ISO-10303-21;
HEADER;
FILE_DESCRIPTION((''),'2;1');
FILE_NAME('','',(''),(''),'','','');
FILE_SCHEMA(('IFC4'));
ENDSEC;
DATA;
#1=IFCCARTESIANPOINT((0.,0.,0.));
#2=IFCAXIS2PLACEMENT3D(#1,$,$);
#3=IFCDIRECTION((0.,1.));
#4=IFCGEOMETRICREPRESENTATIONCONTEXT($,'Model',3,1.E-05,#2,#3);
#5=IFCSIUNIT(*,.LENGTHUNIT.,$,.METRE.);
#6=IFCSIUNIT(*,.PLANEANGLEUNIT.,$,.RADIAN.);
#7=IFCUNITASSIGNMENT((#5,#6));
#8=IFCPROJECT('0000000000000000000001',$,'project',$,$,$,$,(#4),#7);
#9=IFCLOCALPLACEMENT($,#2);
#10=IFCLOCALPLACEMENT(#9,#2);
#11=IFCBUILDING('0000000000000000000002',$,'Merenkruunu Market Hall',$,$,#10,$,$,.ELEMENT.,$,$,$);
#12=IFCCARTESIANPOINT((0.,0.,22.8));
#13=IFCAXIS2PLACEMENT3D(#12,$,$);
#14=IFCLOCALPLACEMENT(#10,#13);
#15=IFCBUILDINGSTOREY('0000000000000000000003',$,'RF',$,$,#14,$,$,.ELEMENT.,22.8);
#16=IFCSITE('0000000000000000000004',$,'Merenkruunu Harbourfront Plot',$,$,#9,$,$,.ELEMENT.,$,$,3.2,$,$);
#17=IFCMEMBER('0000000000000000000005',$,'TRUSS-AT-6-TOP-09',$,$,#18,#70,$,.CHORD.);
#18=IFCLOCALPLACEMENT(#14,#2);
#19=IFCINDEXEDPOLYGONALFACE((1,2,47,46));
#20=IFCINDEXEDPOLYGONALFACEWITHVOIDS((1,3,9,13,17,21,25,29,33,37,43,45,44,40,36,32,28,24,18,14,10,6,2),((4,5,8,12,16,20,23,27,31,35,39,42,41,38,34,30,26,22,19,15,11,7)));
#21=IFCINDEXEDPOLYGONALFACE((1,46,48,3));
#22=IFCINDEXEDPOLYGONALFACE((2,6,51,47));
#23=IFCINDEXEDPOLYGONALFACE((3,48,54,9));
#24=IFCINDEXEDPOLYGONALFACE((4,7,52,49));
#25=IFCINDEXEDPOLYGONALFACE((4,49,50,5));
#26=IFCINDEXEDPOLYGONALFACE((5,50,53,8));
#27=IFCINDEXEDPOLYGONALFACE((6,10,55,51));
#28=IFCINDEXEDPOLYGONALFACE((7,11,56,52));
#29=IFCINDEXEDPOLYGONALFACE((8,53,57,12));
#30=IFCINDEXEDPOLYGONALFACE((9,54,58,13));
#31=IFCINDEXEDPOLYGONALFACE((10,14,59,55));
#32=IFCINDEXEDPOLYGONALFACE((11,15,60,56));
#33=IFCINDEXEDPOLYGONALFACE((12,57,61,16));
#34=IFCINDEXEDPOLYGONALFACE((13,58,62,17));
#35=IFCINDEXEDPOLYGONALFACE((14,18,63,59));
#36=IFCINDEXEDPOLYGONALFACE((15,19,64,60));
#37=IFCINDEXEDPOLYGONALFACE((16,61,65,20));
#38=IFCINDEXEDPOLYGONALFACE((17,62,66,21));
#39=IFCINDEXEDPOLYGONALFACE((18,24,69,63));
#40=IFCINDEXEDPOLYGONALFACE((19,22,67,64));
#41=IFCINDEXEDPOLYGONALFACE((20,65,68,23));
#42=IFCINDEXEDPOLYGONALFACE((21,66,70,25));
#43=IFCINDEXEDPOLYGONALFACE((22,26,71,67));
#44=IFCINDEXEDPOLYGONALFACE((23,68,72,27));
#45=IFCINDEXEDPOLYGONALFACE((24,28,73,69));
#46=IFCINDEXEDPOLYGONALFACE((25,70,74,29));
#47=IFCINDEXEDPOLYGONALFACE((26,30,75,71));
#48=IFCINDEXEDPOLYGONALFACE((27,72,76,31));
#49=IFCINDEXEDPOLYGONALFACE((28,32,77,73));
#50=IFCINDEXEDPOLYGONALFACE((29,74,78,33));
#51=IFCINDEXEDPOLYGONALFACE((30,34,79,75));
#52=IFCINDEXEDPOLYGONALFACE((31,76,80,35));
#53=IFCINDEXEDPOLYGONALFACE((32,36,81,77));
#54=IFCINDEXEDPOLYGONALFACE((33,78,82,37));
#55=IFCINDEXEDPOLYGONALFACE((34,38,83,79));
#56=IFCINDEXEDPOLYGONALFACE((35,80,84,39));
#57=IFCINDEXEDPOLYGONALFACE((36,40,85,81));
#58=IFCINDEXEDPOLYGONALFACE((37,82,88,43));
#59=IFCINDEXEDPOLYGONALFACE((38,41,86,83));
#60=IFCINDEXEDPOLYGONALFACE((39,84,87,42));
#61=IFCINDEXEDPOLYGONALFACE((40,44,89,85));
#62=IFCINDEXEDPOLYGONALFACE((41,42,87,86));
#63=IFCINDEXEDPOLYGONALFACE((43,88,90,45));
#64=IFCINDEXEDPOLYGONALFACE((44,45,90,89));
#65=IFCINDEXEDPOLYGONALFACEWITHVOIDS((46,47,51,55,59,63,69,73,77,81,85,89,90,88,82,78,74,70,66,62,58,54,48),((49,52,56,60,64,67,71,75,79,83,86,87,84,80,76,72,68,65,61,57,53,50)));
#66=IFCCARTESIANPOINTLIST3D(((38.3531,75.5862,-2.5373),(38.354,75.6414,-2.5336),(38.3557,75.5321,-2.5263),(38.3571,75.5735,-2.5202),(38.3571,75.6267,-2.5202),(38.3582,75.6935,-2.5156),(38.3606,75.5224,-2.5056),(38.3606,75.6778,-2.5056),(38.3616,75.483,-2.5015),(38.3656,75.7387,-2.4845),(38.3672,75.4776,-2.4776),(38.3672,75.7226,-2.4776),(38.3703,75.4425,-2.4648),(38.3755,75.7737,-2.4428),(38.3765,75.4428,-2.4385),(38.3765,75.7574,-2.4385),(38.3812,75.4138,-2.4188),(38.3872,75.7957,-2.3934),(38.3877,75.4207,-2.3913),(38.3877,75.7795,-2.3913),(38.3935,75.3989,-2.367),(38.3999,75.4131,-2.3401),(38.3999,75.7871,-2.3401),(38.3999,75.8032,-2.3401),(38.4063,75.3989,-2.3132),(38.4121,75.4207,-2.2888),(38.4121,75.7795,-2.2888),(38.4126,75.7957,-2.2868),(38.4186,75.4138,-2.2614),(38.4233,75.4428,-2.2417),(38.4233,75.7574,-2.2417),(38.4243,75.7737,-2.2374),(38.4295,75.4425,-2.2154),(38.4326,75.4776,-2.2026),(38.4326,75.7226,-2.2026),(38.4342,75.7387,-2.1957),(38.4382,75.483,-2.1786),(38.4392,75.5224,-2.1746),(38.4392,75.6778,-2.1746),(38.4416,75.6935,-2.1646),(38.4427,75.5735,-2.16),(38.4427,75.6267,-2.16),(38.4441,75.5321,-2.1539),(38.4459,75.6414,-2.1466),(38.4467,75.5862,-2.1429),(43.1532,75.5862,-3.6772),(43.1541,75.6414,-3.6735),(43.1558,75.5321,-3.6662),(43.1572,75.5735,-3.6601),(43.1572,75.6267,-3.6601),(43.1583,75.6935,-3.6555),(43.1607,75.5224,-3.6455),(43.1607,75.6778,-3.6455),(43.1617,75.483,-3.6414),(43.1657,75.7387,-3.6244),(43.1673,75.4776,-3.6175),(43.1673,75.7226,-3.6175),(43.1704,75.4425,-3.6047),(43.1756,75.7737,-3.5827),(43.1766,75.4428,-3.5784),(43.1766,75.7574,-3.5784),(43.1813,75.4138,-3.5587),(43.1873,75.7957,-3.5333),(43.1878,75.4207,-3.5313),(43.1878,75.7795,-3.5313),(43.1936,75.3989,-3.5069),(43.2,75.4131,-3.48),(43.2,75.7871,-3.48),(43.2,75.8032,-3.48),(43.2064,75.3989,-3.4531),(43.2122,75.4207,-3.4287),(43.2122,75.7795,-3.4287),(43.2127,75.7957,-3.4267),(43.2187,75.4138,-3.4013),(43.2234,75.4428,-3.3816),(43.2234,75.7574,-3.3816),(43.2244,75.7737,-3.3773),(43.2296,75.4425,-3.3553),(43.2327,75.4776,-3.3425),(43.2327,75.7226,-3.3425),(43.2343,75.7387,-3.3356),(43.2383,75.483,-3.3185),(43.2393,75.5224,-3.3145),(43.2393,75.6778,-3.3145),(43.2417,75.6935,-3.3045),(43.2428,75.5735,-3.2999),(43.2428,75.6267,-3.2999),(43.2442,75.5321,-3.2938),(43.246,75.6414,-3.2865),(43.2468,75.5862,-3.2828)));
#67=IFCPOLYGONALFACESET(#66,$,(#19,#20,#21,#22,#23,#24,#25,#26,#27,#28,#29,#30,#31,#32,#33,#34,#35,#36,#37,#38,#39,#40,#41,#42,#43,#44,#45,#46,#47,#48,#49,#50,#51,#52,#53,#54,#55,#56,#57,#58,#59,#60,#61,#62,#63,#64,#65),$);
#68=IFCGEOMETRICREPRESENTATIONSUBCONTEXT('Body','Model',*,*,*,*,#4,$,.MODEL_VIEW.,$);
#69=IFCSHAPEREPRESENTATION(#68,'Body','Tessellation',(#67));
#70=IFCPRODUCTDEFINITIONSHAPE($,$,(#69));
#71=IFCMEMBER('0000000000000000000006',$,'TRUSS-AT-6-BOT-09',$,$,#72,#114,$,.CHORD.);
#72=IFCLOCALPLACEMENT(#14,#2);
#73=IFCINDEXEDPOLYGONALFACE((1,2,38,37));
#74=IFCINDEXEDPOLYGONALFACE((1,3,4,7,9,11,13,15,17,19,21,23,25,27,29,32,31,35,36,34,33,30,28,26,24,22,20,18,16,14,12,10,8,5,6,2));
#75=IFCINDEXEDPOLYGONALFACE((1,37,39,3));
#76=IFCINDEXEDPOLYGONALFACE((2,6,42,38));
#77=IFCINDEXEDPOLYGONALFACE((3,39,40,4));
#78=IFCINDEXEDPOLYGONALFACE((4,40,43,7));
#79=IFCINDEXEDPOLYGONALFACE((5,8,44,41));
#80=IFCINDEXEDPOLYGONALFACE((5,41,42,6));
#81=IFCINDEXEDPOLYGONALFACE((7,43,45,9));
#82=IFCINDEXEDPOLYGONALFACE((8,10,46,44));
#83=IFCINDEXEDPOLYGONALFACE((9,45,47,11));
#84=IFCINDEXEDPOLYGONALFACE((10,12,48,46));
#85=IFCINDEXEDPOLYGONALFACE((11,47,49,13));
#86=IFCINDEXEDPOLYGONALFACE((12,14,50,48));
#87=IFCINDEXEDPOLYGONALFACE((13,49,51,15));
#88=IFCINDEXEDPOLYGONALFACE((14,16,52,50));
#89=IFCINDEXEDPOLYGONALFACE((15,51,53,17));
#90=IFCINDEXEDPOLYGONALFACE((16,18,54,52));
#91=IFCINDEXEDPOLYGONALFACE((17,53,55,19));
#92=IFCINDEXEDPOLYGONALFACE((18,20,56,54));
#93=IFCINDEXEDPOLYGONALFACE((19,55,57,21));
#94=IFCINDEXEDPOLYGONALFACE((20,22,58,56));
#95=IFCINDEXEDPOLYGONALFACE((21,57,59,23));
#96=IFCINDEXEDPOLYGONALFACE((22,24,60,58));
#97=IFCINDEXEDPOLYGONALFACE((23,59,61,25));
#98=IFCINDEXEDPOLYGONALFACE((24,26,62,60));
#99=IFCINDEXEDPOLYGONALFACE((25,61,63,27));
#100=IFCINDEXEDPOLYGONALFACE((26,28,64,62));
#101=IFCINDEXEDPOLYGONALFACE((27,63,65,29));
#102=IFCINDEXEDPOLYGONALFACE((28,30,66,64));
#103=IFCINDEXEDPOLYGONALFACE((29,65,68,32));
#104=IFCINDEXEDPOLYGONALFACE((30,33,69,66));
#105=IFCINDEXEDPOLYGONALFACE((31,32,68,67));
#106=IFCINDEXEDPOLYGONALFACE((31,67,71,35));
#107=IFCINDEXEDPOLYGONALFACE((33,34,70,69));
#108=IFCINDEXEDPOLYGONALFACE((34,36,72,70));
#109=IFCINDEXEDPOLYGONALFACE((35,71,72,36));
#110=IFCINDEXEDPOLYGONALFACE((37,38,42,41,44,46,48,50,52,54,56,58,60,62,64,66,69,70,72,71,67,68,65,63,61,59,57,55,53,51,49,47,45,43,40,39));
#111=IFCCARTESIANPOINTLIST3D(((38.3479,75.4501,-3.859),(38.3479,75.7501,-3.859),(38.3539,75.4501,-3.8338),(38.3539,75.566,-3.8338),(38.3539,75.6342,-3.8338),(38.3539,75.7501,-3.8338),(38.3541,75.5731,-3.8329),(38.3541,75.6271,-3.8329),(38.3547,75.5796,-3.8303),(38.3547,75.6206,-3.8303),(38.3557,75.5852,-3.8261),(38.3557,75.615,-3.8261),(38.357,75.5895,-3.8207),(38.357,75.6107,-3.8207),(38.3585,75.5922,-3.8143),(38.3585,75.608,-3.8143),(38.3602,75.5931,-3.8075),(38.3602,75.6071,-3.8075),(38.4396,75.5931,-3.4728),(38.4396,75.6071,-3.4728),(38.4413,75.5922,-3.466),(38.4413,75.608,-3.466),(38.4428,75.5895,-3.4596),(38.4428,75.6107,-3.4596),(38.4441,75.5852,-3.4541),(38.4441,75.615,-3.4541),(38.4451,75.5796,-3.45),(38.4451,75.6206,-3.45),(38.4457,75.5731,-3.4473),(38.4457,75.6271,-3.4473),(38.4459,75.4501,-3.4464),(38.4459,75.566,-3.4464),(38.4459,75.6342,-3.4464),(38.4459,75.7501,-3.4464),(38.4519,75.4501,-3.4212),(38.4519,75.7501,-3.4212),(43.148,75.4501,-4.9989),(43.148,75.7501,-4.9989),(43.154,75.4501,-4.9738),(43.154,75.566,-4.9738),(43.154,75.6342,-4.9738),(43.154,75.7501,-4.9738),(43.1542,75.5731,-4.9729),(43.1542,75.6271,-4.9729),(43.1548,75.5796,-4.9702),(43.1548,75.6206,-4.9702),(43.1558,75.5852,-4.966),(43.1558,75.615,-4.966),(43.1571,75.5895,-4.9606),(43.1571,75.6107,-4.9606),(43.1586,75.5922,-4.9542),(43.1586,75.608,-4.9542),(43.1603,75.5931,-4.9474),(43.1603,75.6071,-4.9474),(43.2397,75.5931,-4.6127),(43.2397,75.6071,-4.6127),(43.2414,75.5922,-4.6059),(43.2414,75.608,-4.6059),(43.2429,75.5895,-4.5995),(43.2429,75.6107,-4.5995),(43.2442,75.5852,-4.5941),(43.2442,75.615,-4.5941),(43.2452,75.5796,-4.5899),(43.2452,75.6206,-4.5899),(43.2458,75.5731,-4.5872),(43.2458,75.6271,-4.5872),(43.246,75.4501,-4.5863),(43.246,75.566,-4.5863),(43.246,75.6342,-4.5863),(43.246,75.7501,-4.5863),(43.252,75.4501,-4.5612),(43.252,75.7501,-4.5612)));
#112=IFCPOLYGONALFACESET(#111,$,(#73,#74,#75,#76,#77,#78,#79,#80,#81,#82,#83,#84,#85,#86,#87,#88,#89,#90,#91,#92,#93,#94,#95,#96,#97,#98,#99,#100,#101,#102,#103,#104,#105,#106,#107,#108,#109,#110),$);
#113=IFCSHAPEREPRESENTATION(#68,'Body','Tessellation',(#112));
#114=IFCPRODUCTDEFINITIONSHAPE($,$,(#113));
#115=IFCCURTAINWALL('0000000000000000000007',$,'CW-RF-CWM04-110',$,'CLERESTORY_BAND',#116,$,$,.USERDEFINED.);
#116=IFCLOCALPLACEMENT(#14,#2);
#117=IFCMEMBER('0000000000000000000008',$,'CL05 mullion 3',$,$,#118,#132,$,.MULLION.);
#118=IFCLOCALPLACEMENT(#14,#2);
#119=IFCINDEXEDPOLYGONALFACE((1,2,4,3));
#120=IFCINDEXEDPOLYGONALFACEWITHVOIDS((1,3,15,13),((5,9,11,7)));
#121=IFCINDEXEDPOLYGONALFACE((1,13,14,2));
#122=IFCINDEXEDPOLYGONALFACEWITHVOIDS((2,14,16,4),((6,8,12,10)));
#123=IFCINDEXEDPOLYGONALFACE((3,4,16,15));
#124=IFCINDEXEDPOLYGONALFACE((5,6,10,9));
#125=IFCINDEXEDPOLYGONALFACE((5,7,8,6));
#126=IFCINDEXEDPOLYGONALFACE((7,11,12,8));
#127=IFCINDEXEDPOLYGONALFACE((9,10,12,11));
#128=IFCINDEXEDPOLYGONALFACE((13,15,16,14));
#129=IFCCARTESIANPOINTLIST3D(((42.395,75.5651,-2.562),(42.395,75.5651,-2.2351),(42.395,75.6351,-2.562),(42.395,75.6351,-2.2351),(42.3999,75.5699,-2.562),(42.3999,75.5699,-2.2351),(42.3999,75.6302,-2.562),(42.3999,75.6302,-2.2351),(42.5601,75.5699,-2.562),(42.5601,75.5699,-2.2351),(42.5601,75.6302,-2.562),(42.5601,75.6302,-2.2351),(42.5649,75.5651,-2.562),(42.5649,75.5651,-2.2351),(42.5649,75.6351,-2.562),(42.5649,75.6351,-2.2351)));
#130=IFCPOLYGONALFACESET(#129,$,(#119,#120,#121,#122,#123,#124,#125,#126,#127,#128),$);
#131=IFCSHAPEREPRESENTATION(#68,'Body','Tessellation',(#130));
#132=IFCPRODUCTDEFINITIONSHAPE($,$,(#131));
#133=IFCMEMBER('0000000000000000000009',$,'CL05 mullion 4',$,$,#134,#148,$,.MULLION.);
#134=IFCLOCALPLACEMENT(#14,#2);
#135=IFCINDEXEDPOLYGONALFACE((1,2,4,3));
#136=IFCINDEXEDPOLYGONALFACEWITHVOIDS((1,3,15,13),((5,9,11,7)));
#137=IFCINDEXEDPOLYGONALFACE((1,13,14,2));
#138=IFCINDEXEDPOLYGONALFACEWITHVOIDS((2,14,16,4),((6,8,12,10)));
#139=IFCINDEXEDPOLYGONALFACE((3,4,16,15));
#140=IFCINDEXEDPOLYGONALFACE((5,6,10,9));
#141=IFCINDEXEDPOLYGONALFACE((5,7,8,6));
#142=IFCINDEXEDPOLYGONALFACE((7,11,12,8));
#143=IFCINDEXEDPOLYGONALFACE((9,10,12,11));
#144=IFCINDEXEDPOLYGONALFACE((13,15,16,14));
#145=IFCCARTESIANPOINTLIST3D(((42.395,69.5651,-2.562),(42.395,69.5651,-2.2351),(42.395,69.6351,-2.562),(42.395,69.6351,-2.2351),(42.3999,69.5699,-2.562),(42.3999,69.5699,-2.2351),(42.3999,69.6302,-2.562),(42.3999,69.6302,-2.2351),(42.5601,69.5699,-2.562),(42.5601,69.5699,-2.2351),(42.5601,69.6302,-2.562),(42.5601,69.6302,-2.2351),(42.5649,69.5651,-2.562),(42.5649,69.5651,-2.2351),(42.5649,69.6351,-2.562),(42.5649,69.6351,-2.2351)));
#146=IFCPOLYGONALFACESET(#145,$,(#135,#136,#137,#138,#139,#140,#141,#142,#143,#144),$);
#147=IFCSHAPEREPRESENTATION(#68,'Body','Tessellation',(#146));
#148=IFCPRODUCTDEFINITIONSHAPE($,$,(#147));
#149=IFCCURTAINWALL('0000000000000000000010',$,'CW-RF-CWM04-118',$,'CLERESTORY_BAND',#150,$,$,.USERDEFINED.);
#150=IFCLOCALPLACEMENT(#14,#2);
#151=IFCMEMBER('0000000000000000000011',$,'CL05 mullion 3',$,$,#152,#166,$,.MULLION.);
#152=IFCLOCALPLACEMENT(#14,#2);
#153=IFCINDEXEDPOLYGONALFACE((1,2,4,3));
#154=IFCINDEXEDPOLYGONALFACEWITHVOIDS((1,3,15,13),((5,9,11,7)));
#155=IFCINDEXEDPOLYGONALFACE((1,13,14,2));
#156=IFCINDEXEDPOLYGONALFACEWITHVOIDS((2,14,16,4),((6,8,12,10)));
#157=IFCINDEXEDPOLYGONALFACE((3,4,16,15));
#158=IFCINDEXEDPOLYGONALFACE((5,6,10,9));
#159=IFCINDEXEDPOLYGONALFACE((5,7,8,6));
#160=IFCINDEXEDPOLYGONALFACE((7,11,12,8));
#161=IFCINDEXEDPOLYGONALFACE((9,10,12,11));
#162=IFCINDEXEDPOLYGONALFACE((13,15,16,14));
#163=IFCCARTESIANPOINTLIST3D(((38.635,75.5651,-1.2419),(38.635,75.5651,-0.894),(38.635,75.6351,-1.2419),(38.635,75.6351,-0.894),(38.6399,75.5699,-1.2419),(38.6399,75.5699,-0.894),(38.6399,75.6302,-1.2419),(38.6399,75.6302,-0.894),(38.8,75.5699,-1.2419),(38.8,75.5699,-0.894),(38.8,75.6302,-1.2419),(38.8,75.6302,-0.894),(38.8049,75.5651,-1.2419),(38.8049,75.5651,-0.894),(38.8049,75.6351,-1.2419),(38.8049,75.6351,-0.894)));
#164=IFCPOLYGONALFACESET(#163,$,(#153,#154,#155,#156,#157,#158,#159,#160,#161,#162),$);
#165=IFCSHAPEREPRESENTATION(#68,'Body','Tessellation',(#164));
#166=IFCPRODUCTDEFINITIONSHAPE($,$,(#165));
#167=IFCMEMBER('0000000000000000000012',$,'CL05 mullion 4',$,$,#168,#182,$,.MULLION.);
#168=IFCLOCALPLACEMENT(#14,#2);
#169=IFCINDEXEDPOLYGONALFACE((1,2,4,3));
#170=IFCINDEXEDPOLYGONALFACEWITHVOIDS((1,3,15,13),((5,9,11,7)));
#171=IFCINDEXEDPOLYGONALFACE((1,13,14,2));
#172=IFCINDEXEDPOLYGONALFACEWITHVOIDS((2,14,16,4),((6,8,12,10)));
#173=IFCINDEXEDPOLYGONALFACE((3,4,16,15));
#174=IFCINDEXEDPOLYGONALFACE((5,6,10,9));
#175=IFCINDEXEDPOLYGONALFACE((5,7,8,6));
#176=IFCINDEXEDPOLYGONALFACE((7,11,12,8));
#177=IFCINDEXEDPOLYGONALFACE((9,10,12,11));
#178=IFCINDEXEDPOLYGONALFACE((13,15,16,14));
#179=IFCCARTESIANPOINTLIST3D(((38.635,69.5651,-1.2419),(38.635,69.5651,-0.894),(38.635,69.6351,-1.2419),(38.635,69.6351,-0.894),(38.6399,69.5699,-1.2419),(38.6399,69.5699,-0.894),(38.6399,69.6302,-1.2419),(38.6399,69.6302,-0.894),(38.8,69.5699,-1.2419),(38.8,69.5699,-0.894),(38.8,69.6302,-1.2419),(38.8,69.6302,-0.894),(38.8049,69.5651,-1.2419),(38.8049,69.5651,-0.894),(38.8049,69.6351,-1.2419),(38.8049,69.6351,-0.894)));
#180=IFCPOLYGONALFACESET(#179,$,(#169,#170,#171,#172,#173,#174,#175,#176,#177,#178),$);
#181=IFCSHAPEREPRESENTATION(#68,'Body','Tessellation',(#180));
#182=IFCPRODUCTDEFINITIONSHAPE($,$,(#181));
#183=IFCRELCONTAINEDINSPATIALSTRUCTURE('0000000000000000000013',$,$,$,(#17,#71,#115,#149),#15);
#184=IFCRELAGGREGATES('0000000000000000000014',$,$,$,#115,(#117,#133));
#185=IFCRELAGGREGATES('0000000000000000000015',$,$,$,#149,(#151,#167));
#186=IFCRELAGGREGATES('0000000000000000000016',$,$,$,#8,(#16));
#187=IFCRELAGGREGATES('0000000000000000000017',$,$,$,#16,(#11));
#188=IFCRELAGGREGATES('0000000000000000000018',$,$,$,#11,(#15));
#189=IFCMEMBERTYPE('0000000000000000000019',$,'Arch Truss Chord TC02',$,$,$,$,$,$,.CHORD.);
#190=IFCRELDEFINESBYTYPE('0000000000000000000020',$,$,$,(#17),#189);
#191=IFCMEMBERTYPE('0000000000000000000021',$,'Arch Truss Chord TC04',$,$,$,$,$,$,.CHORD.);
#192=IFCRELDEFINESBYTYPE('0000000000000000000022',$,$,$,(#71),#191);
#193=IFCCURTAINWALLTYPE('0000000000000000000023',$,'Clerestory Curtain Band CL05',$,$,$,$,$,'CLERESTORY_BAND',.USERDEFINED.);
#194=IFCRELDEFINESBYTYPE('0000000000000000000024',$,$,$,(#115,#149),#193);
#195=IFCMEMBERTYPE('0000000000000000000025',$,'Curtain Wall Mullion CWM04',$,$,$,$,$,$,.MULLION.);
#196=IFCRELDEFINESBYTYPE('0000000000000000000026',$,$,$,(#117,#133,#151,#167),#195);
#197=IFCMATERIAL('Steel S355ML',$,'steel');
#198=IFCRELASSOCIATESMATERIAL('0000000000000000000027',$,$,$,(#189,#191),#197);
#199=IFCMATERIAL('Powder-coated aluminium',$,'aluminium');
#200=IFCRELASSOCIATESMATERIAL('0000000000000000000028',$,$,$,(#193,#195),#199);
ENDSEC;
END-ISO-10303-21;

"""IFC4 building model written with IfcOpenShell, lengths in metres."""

from ifc_helpers import new_model, si_unit, direction, frame, origin, origin_2d, place, context, subcontext, project, spatial, hollow_rectangle, hollow_circle, i_section, extrude, material, material_profile, profile_set, type_object, element, aggregate, save


model = new_model("IFC4")

# Units and contexts
model_context = context("Model", 3, precision=1e-05, world=origin(), true_north=direction((0.0, 1.0)))
body_context = subcontext(model_context, "Body", "Model", "MODEL_VIEW")
ifc_project = project(units=[si_unit("LENGTHUNIT", "METRE"), si_unit("PLANEANGLEUNIT", "RADIAN")], contexts=[model_context])

# Site, building, storey
site_placement = place(None, origin())
site = spatial("IfcSite", under=ifc_project, at=site_placement, Name="Merenkruunu Harbourfront Plot", CompositionType="ELEMENT", RefElevation=3.2)
building_placement = place(site_placement, origin())
building = spatial("IfcBuilding", under=site, at=building_placement, Name="Merenkruunu Market Hall", CompositionType="ELEMENT")
storey_placement = place(building_placement, frame((0.0, 0.0, 22.8)))
storey = spatial("IfcBuildingStorey", under=building, at=storey_placement, Name="RF", CompositionType="ELEMENT", Elevation=22.8)

# Members
ifc_material_1 = material(Name="Steel S355ML", Category="steel")
ifc_material_profile_1 = material_profile(ifc_material_1, hollow_circle(Radius=0.2031, WallThickness=0.0161, at=origin_2d()), Name="CHS 406.4x16")
ifc_profile_set_1 = profile_set([ifc_material_profile_1], Name="Steel S355ML")
member_type_1 = type_object("IfcMemberType", Name="Arch Truss Chord TC02", PredefinedType="CHORD", material=ifc_profile_set_1)
member_1_placement = place(storey_placement, frame((38.3999, 75.6001, -2.3401), z_axis=(0.972942, 0.0, -0.23105), x_axis=(0.0, 1.0, 0.0)))
element("IfcMember", 1, at=member_1_placement, inside=storey, type_object=member_type_1, Name="TRUSS-AT-6-TOP-09", PredefinedType="CHORD", context=body_context, shape_type="SweptSolid", body=[
    extrude(hollow_circle(Radius=0.2031, WallThickness=0.0161, at=origin_2d()), origin(), (0.0, 0.0, 1.0), 4.9336),
])
ifc_material_profile_2 = material_profile(ifc_material_1, i_section(OverallWidth=0.3, OverallDepth=0.45, WebThickness=0.0139, FlangeThickness=0.0259, FilletRadius=0.0271, at=origin_2d()), Name="HEB 450")
ifc_profile_set_2 = profile_set([ifc_material_profile_2], Name="Steel S355ML")
member_type_2 = type_object("IfcMemberType", Name="Arch Truss Chord TC04", PredefinedType="CHORD", material=ifc_profile_set_2)
member_2_placement = place(storey_placement, frame((38.3999, 75.6001, -3.6401), z_axis=(0.972942, 0.0, -0.23105), x_axis=(0.0, 1.0, 0.0)))
element("IfcMember", 2, at=member_2_placement, inside=storey, type_object=member_type_2, Name="TRUSS-AT-6-BOT-09", PredefinedType="CHORD", context=body_context, shape_type="SweptSolid", body=[
    extrude(i_section(OverallWidth=0.3, OverallDepth=0.45, WebThickness=0.0139, FlangeThickness=0.0259, FilletRadius=0.0271, at=origin_2d()), origin(), (0.0, 0.0, 1.0), 4.9336),
])

# Curtain walls, members
ifc_material_2 = material(Name="Powder-coated aluminium", Category="aluminium")
curtain_wall_type = type_object("IfcCurtainWallType", Name="Clerestory Curtain Band CL05", ElementType="CLERESTORY_BAND", PredefinedType="USERDEFINED", material=ifc_material_2)
curtain_wall_1_placement = place(storey_placement, origin())
curtain_wall_1 = element("IfcCurtainWall", 3, at=curtain_wall_1_placement, inside=storey, type_object=curtain_wall_type, Name="CW-RF-CWM04-110", ObjectType="CLERESTORY_BAND", PredefinedType="USERDEFINED")
ifc_material_profile_3 = material_profile(ifc_material_2, hollow_rectangle(XDim=0.0701, YDim=0.1699, WallThickness=0.0049, at=origin_2d()), Name="ALU 70x170x5")
ifc_profile_set_3 = profile_set([ifc_material_profile_3], Name="Powder-coated aluminium")
member_type_3 = type_object("IfcMemberType", Name="Curtain Wall Mullion CWM04", PredefinedType="MULLION", material=ifc_profile_set_3)
member_3_placement = place(storey_placement, frame((42.48, 75.6001, -2.562), z_axis=(0.0, 0.0, 1.0), x_axis=(0.0, -1.0, 0.0)))
member_3 = element("IfcMember", 4, at=member_3_placement, type_object=member_type_3, Name="CL05 mullion 3", PredefinedType="MULLION", context=body_context, shape_type="SweptSolid", body=[
    extrude(hollow_rectangle(XDim=0.0701, YDim=0.1699, WallThickness=0.0049, at=origin_2d()), origin(), (0.0, 0.0, 1.0), 0.3269),
])
member_4_placement = place(storey_placement, frame((42.48, 69.6001, -2.562), z_axis=(0.0, 0.0, 1.0), x_axis=(0.0, -1.0, 0.0)))
member_4 = element("IfcMember", 5, at=member_4_placement, type_object=member_type_3, Name="CL05 mullion 4", PredefinedType="MULLION", context=body_context, shape_type="SweptSolid", body=[
    extrude(hollow_rectangle(XDim=0.0701, YDim=0.1699, WallThickness=0.0049, at=origin_2d()), origin(), (0.0, 0.0, 1.0), 0.3269),
])
curtain_wall_2_placement = place(storey_placement, origin())
curtain_wall_2 = element("IfcCurtainWall", 6, at=curtain_wall_2_placement, inside=storey, type_object=curtain_wall_type, Name="CW-RF-CWM04-118", ObjectType="CLERESTORY_BAND", PredefinedType="USERDEFINED")
member_5_placement = place(storey_placement, frame((38.72, 75.6001, -1.2419), z_axis=(0.0, 0.0, 1.0), x_axis=(0.0, -1.0, 0.0)))
member_5 = element("IfcMember", 7, at=member_5_placement, type_object=member_type_3, Name="CL05 mullion 3", PredefinedType="MULLION", context=body_context, shape_type="SweptSolid", body=[
    extrude(hollow_rectangle(XDim=0.0701, YDim=0.1699, WallThickness=0.0049, at=origin_2d()), origin(), (0.0, 0.0, 1.0), 0.3479),
])
member_6_placement = place(storey_placement, frame((38.72, 69.6001, -1.2419), z_axis=(0.0, 0.0, 1.0), x_axis=(0.0, -1.0, 0.0)))
member_6 = element("IfcMember", 8, at=member_6_placement, type_object=member_type_3, Name="CL05 mullion 4", PredefinedType="MULLION", context=body_context, shape_type="SweptSolid", body=[
    extrude(hollow_rectangle(XDim=0.0701, YDim=0.1699, WallThickness=0.0049, at=origin_2d()), origin(), (0.0, 0.0, 1.0), 0.3479),
])

aggregate(curtain_wall_1, [member_3, member_4])
aggregate(curtain_wall_2, [member_5, member_6])

save(model, "model.ifc")
